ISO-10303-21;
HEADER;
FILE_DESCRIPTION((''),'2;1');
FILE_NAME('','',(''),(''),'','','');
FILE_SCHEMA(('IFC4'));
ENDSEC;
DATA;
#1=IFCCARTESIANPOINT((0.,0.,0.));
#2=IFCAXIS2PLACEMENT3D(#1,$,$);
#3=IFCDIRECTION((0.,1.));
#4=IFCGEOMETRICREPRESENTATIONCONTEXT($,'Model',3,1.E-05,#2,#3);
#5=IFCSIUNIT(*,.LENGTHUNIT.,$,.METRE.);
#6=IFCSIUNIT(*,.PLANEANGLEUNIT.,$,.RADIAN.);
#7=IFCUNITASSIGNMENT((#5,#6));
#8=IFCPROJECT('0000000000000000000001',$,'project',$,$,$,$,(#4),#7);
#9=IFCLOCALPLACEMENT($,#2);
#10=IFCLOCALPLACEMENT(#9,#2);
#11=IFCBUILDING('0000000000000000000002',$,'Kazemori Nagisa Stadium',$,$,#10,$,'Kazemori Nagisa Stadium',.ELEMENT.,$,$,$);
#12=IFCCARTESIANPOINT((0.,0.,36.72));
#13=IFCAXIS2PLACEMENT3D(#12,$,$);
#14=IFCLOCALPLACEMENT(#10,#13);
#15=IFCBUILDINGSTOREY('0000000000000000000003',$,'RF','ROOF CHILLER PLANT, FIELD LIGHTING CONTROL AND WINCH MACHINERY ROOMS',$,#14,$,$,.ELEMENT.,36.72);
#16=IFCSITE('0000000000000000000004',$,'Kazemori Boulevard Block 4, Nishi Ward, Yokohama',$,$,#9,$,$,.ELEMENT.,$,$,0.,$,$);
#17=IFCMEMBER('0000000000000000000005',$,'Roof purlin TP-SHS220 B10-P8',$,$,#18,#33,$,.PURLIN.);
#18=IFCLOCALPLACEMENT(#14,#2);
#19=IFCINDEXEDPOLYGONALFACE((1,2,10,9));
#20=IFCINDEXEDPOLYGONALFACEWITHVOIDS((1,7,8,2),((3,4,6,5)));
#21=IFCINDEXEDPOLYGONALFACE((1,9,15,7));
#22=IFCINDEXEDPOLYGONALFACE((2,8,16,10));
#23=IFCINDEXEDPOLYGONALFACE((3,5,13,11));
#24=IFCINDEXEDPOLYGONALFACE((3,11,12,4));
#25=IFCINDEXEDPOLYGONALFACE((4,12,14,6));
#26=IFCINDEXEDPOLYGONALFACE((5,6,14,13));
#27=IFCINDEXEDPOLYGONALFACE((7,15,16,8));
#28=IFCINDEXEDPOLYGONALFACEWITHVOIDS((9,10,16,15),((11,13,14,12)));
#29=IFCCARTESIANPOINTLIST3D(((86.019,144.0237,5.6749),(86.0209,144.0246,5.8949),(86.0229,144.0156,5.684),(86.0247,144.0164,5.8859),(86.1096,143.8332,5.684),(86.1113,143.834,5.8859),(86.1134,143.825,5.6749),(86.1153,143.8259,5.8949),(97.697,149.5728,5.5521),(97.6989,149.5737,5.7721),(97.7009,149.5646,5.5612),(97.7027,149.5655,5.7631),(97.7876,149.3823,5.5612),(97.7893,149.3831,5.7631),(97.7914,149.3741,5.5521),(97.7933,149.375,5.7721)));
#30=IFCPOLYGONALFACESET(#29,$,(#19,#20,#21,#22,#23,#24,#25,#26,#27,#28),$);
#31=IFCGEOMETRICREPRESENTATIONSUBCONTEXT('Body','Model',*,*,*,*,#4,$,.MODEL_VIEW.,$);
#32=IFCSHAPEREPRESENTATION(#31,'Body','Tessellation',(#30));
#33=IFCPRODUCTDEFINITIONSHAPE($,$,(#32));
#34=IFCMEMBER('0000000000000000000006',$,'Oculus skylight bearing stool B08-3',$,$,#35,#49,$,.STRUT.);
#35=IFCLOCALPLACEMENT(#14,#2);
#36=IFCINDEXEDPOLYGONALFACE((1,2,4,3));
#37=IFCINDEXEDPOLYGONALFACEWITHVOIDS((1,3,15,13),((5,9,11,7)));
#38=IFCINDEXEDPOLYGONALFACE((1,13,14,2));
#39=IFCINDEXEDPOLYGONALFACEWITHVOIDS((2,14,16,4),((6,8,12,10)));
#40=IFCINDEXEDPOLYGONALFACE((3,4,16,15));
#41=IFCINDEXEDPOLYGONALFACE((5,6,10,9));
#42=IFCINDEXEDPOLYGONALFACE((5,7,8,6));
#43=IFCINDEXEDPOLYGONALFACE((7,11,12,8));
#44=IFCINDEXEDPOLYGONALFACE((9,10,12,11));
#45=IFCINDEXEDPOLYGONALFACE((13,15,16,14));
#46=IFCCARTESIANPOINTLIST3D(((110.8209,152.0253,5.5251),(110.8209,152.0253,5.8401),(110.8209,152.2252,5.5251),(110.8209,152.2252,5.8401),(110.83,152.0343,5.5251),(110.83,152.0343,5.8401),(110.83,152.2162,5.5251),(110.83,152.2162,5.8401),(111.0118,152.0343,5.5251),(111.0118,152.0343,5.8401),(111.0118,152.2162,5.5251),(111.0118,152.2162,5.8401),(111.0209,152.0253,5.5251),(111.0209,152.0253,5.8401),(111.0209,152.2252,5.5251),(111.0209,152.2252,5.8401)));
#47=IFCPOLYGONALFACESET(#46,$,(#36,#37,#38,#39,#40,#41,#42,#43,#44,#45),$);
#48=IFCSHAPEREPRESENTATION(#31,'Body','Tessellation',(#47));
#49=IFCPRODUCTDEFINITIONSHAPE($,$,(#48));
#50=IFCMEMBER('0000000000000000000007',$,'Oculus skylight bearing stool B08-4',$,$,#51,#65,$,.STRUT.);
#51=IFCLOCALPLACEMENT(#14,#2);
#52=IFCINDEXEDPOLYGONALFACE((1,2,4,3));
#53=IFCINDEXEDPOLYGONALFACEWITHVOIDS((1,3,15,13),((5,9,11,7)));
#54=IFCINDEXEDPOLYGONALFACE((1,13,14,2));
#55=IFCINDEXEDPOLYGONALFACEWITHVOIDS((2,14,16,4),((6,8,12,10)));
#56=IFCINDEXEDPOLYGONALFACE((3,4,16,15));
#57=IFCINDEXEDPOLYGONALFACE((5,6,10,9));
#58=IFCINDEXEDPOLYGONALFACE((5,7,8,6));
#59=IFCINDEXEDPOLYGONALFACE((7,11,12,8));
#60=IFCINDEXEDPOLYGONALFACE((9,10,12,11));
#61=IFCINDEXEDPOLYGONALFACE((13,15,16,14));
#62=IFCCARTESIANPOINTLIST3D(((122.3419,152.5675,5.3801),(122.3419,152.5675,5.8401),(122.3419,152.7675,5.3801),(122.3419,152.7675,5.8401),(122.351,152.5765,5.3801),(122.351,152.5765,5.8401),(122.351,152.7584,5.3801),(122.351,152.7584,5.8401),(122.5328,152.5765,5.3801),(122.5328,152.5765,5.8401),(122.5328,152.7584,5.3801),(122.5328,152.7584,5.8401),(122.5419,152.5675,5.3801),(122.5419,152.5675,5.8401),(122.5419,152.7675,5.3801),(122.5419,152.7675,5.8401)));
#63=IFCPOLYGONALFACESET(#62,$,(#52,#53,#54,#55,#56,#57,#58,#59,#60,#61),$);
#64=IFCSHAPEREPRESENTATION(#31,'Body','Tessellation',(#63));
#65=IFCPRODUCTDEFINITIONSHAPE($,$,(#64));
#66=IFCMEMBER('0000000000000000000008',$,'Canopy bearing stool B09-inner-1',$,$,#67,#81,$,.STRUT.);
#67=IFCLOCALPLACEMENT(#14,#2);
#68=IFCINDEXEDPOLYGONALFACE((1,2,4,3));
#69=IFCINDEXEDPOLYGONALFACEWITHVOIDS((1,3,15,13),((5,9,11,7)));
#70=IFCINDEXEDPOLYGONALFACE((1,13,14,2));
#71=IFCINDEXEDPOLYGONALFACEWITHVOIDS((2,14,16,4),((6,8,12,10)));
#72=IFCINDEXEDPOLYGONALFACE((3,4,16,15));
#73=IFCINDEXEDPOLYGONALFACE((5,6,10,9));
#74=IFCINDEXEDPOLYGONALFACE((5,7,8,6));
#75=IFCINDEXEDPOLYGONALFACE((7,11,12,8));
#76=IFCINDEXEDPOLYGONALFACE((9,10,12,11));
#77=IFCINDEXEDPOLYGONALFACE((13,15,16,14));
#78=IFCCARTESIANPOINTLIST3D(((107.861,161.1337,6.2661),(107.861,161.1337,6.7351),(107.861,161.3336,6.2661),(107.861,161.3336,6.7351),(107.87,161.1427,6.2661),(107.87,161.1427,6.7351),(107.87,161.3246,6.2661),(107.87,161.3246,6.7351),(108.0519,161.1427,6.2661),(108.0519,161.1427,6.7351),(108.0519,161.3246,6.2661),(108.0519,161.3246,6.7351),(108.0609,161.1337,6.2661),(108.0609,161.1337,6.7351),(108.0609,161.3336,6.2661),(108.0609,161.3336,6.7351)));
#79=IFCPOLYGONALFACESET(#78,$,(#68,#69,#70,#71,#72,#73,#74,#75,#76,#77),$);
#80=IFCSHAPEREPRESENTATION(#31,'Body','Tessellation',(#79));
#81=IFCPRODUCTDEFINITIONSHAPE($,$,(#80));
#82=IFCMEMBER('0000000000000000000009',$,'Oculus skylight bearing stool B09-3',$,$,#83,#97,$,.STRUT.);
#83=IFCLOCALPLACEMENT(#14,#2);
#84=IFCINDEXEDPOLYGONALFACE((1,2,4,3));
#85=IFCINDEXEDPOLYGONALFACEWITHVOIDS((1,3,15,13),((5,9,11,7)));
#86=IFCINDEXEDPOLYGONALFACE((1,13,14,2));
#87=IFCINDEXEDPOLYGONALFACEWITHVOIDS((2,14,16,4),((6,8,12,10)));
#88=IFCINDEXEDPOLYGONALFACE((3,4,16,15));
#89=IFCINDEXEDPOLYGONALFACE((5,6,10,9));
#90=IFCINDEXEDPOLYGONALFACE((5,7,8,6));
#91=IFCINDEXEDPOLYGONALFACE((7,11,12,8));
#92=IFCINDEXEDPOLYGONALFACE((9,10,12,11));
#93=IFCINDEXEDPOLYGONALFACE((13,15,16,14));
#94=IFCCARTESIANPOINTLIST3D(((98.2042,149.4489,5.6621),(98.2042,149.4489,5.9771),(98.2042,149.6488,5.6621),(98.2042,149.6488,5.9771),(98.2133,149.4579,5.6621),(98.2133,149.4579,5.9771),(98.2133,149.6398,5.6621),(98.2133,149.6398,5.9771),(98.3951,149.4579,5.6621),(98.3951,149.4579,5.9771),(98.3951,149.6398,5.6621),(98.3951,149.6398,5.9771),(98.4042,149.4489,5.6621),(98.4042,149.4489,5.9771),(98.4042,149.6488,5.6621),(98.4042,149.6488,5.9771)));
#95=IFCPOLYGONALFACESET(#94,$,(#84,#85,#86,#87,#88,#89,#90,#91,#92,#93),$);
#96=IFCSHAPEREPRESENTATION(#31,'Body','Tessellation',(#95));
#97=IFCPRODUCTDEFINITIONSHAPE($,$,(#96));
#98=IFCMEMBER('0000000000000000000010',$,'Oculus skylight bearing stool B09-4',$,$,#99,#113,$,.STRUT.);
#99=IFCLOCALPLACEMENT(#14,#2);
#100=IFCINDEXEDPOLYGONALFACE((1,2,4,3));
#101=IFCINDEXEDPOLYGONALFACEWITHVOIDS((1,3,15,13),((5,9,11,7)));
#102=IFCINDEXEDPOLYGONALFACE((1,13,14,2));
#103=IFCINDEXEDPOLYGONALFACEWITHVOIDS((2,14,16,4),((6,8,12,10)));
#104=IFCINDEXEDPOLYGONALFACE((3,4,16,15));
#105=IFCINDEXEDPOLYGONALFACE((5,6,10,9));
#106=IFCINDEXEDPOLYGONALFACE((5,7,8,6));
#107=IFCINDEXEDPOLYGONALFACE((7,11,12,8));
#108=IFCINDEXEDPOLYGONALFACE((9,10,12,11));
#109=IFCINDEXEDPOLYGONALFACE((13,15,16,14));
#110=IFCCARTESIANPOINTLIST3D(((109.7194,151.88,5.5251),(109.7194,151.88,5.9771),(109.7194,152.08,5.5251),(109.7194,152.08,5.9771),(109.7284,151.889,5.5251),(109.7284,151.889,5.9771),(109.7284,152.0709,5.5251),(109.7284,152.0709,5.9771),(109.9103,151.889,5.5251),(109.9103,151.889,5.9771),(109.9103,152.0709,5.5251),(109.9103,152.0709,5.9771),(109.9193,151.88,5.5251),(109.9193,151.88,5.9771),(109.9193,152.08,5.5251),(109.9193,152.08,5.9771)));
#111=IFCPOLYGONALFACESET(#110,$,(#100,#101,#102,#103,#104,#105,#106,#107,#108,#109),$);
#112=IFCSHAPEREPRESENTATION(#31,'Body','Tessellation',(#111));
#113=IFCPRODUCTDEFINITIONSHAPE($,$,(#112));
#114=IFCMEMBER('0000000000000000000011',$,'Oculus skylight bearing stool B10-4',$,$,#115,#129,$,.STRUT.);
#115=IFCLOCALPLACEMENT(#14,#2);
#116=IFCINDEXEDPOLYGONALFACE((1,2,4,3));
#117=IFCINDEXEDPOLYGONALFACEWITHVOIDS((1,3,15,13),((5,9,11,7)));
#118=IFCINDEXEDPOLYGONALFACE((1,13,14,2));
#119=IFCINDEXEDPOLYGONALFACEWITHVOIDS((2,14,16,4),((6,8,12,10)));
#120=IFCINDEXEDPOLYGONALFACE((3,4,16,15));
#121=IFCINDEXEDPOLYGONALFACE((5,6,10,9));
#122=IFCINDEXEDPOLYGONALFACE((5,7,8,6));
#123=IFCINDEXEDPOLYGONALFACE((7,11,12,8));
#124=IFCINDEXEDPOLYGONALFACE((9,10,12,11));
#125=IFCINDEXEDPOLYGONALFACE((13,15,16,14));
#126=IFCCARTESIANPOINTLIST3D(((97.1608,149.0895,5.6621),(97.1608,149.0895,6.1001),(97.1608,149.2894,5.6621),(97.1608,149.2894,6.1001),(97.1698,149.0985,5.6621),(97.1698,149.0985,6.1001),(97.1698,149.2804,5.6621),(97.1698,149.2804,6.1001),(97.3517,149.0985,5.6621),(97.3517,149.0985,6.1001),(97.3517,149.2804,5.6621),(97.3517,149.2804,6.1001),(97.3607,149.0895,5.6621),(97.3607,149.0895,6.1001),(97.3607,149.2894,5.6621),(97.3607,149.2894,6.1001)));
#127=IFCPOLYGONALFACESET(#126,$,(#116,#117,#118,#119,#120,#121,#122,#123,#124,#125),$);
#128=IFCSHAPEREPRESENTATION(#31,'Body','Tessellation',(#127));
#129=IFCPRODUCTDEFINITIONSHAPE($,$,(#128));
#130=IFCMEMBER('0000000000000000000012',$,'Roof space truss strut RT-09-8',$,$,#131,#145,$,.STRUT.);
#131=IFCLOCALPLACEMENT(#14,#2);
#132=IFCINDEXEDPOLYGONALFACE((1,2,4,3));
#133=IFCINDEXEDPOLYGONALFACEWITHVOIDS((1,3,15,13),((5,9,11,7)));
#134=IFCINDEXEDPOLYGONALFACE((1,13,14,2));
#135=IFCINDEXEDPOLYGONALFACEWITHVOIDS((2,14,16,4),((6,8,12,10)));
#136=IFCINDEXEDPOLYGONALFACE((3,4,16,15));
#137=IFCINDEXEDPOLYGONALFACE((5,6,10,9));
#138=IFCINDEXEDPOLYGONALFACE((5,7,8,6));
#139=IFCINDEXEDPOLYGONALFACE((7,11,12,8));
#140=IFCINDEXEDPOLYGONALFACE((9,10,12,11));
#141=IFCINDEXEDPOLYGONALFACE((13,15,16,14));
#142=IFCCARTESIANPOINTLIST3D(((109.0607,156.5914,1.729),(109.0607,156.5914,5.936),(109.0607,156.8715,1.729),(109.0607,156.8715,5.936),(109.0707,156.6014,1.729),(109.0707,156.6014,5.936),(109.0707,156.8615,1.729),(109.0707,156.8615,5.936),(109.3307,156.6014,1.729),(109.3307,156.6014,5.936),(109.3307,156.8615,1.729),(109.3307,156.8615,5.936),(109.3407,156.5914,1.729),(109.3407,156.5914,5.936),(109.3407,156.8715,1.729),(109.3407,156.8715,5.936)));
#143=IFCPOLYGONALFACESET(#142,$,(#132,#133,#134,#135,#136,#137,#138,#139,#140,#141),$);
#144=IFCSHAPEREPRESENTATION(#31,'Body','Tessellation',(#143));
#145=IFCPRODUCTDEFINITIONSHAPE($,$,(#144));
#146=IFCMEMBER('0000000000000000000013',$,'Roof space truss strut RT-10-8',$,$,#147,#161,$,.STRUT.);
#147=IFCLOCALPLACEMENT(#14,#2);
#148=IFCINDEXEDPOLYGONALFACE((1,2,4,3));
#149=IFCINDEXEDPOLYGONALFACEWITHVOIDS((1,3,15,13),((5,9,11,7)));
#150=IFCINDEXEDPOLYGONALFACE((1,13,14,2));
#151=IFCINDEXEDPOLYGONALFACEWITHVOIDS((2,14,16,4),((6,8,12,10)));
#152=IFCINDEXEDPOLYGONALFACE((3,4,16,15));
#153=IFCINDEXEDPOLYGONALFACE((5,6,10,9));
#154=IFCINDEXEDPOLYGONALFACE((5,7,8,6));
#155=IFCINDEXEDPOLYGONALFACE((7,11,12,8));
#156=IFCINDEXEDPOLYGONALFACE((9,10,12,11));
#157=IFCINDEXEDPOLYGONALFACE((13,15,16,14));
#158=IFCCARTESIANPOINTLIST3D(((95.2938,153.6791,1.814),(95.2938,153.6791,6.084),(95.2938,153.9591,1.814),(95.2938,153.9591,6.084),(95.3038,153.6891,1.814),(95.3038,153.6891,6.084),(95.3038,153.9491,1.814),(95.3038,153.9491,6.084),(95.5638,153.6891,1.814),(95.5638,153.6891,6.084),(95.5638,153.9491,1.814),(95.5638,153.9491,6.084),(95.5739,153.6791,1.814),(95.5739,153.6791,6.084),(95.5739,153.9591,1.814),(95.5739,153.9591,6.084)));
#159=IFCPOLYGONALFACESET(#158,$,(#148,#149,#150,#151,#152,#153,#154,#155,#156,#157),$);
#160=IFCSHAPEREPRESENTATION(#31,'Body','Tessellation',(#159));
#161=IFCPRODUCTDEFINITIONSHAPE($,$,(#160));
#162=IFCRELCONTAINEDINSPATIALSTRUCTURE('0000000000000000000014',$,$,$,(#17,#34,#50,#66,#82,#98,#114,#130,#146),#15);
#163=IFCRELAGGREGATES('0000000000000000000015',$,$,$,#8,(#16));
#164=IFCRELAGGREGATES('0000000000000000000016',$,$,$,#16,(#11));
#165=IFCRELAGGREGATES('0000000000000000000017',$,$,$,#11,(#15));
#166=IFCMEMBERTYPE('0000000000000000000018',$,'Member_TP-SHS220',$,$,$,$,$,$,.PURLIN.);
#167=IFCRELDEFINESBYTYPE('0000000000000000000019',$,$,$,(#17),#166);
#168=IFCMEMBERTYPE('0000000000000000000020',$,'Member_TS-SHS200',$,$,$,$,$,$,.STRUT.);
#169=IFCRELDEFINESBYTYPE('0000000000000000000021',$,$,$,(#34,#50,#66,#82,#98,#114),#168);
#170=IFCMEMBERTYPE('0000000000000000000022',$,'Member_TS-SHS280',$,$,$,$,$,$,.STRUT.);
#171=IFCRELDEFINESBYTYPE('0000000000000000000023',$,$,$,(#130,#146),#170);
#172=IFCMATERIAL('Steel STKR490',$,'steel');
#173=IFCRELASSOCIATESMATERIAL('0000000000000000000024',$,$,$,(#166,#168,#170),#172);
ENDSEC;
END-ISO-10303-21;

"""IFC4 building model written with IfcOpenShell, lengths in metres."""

from ifc_helpers import new_model, si_unit, direction, frame, origin, origin_2d, place, context, subcontext, project, spatial, hollow_rectangle, extrude, material, material_profile, profile_set, type_object, element, save


model = new_model("IFC4")

# Units and contexts
model_context = context("Model", 3, precision=1e-05, world=origin(), true_north=direction((0.0, 1.0)))
body_context = subcontext(model_context, "Body", "Model", "MODEL_VIEW")
ifc_project = project(units=[si_unit("LENGTHUNIT", "METRE"), si_unit("PLANEANGLEUNIT", "RADIAN")], contexts=[model_context])

# Site, building, storey
site_placement = place(None, origin())
site = spatial("IfcSite", under=ifc_project, at=site_placement, Name="Kazemori Boulevard Block 4, Nishi Ward, Yokohama", CompositionType="ELEMENT", RefElevation=0.0)
building_placement = place(site_placement, origin())
building = spatial("IfcBuilding", under=site, at=building_placement, Name="Kazemori Nagisa Stadium", LongName="Kazemori Nagisa Stadium", CompositionType="ELEMENT")
storey_placement = place(building_placement, frame((0.0, 0.0, 36.72)))
storey = spatial("IfcBuildingStorey", under=building, at=storey_placement, Name="RF", Description="ROOF CHILLER PLANT, FIELD LIGHTING CONTROL AND WINCH MACHINERY ROOMS", CompositionType="ELEMENT", Elevation=36.72)

# Members
ifc_material = material(Name="Steel STKR490", Category="steel")
ifc_material_profile_1 = material_profile(ifc_material, hollow_rectangle(XDim=0.22, YDim=0.22, WallThickness=0.009, at=origin_2d()), Name="SHS-220x220x9")
ifc_profile_set_1 = profile_set([ifc_material_profile_1], Name="Steel STKR490")
member_type_1 = type_object("IfcMemberType", Name="Member_TP-SHS220", PredefinedType="PURLIN", material=ifc_profile_set_1)
member_1_placement = place(storey_placement, frame((97.7451, 149.4739, 5.6621), z_axis=(-0.903176, -0.429166, 0.009498), x_axis=(0.429185, -0.903217, 0.0)))
element("IfcMember", 1, at=member_1_placement, inside=storey, type_object=member_type_1, Name="Roof purlin TP-SHS220 B10-P8", PredefinedType="PURLIN", context=body_context, shape_type="SweptSolid", body=[
    extrude(hollow_rectangle(XDim=0.22, YDim=0.22, WallThickness=0.009, at=origin_2d()), origin(), (0.0, 0.0, 1.0), 12.9299),
])
ifc_material_profile_2 = material_profile(ifc_material, hollow_rectangle(XDim=0.2, YDim=0.2, WallThickness=0.009, at=origin_2d()), Name="SHS-200x200x9")
ifc_profile_set_2 = profile_set([ifc_material_profile_2], Name="Steel STKR490")
member_type_2 = type_object("IfcMemberType", Name="Member_TS-SHS200", PredefinedType="STRUT", material=ifc_profile_set_2)
member_2_placement = place(storey_placement, frame((110.9209, 152.1252, 5.5251), z_axis=(0.0, 0.0, 1.0), x_axis=(1.0, 0.0, 0.0)))
element("IfcMember", 2, at=member_2_placement, inside=storey, type_object=member_type_2, Name="Oculus skylight bearing stool B08-3", PredefinedType="STRUT", context=body_context, shape_type="SweptSolid", body=[
    extrude(hollow_rectangle(XDim=0.2, YDim=0.2, WallThickness=0.009, at=origin_2d()), origin(), (0.0, 0.0, 1.0), 0.3149),
])
member_3_placement = place(storey_placement, frame((122.4419, 152.6675, 5.3801), z_axis=(0.0, 0.0, 1.0), x_axis=(1.0, 0.0, 0.0)))
element("IfcMember", 3, at=member_3_placement, inside=storey, type_object=member_type_2, Name="Oculus skylight bearing stool B08-4", PredefinedType="STRUT", context=body_context, shape_type="SweptSolid", body=[
    extrude(hollow_rectangle(XDim=0.2, YDim=0.2, WallThickness=0.009, at=origin_2d()), origin(), (0.0, 0.0, 1.0), 0.46),
])
member_4_placement = place(storey_placement, frame((107.9609, 161.2336, 6.2661), z_axis=(0.0, 0.0, 1.0), x_axis=(1.0, 0.0, 0.0)))
element("IfcMember", 4, at=member_4_placement, inside=storey, type_object=member_type_2, Name="Canopy bearing stool B09-inner-1", PredefinedType="STRUT", context=body_context, shape_type="SweptSolid", body=[
    extrude(hollow_rectangle(XDim=0.2, YDim=0.2, WallThickness=0.009, at=origin_2d()), origin(), (0.0, 0.0, 1.0), 0.469),
])
member_5_placement = place(storey_placement, frame((98.3042, 149.5488, 5.6621), z_axis=(0.0, 0.0, 1.0), x_axis=(1.0, 0.0, 0.0)))
element("IfcMember", 5, at=member_5_placement, inside=storey, type_object=member_type_2, Name="Oculus skylight bearing stool B09-3", PredefinedType="STRUT", context=body_context, shape_type="SweptSolid", body=[
    extrude(hollow_rectangle(XDim=0.2, YDim=0.2, WallThickness=0.009, at=origin_2d()), origin(), (0.0, 0.0, 1.0), 0.3149),
])
member_6_placement = place(storey_placement, frame((109.8193, 151.98, 5.5251), z_axis=(0.0, 0.0, 1.0), x_axis=(1.0, 0.0, 0.0)))
element("IfcMember", 6, at=member_6_placement, inside=storey, type_object=member_type_2, Name="Oculus skylight bearing stool B09-4", PredefinedType="STRUT", context=body_context, shape_type="SweptSolid", body=[
    extrude(hollow_rectangle(XDim=0.2, YDim=0.2, WallThickness=0.009, at=origin_2d()), origin(), (0.0, 0.0, 1.0), 0.4519),
])
member_7_placement = place(storey_placement, frame((97.2607, 149.1895, 5.6621), z_axis=(0.0, 0.0, 1.0), x_axis=(1.0, 0.0, 0.0)))
element("IfcMember", 7, at=member_7_placement, inside=storey, type_object=member_type_2, Name="Oculus skylight bearing stool B10-4", PredefinedType="STRUT", context=body_context, shape_type="SweptSolid", body=[
    extrude(hollow_rectangle(XDim=0.2, YDim=0.2, WallThickness=0.009, at=origin_2d()), origin(), (0.0, 0.0, 1.0), 0.438),
])
ifc_material_profile_3 = material_profile(ifc_material, hollow_rectangle(XDim=0.28, YDim=0.28, WallThickness=0.01, at=origin_2d()), Name="SHS-280x280x10")
ifc_profile_set_3 = profile_set([ifc_material_profile_3], Name="Steel STKR490")
member_type_3 = type_object("IfcMemberType", Name="Member_TS-SHS280", PredefinedType="STRUT", material=ifc_profile_set_3)
member_8_placement = place(storey_placement, frame((109.2007, 156.7314, 1.729), z_axis=(0.0, 0.0, 1.0), x_axis=(1.0, 0.0, 0.0)))
element("IfcMember", 8, at=member_8_placement, inside=storey, type_object=member_type_3, Name="Roof space truss strut RT-09-8", PredefinedType="STRUT", context=body_context, shape_type="SweptSolid", body=[
    extrude(hollow_rectangle(XDim=0.28, YDim=0.28, WallThickness=0.01, at=origin_2d()), origin(), (0.0, 0.0, 1.0), 4.207),
])
member_9_placement = place(storey_placement, frame((95.4338, 153.8191, 1.814), z_axis=(0.0, 0.0, 1.0), x_axis=(1.0, 0.0, 0.0)))
element("IfcMember", 9, at=member_9_placement, inside=storey, type_object=member_type_3, Name="Roof space truss strut RT-10-8", PredefinedType="STRUT", context=body_context, shape_type="SweptSolid", body=[
    extrude(hollow_rectangle(XDim=0.28, YDim=0.28, WallThickness=0.01, at=origin_2d()), origin(), (0.0, 0.0, 1.0), 4.27),
])

save(model, "model.ifc")
